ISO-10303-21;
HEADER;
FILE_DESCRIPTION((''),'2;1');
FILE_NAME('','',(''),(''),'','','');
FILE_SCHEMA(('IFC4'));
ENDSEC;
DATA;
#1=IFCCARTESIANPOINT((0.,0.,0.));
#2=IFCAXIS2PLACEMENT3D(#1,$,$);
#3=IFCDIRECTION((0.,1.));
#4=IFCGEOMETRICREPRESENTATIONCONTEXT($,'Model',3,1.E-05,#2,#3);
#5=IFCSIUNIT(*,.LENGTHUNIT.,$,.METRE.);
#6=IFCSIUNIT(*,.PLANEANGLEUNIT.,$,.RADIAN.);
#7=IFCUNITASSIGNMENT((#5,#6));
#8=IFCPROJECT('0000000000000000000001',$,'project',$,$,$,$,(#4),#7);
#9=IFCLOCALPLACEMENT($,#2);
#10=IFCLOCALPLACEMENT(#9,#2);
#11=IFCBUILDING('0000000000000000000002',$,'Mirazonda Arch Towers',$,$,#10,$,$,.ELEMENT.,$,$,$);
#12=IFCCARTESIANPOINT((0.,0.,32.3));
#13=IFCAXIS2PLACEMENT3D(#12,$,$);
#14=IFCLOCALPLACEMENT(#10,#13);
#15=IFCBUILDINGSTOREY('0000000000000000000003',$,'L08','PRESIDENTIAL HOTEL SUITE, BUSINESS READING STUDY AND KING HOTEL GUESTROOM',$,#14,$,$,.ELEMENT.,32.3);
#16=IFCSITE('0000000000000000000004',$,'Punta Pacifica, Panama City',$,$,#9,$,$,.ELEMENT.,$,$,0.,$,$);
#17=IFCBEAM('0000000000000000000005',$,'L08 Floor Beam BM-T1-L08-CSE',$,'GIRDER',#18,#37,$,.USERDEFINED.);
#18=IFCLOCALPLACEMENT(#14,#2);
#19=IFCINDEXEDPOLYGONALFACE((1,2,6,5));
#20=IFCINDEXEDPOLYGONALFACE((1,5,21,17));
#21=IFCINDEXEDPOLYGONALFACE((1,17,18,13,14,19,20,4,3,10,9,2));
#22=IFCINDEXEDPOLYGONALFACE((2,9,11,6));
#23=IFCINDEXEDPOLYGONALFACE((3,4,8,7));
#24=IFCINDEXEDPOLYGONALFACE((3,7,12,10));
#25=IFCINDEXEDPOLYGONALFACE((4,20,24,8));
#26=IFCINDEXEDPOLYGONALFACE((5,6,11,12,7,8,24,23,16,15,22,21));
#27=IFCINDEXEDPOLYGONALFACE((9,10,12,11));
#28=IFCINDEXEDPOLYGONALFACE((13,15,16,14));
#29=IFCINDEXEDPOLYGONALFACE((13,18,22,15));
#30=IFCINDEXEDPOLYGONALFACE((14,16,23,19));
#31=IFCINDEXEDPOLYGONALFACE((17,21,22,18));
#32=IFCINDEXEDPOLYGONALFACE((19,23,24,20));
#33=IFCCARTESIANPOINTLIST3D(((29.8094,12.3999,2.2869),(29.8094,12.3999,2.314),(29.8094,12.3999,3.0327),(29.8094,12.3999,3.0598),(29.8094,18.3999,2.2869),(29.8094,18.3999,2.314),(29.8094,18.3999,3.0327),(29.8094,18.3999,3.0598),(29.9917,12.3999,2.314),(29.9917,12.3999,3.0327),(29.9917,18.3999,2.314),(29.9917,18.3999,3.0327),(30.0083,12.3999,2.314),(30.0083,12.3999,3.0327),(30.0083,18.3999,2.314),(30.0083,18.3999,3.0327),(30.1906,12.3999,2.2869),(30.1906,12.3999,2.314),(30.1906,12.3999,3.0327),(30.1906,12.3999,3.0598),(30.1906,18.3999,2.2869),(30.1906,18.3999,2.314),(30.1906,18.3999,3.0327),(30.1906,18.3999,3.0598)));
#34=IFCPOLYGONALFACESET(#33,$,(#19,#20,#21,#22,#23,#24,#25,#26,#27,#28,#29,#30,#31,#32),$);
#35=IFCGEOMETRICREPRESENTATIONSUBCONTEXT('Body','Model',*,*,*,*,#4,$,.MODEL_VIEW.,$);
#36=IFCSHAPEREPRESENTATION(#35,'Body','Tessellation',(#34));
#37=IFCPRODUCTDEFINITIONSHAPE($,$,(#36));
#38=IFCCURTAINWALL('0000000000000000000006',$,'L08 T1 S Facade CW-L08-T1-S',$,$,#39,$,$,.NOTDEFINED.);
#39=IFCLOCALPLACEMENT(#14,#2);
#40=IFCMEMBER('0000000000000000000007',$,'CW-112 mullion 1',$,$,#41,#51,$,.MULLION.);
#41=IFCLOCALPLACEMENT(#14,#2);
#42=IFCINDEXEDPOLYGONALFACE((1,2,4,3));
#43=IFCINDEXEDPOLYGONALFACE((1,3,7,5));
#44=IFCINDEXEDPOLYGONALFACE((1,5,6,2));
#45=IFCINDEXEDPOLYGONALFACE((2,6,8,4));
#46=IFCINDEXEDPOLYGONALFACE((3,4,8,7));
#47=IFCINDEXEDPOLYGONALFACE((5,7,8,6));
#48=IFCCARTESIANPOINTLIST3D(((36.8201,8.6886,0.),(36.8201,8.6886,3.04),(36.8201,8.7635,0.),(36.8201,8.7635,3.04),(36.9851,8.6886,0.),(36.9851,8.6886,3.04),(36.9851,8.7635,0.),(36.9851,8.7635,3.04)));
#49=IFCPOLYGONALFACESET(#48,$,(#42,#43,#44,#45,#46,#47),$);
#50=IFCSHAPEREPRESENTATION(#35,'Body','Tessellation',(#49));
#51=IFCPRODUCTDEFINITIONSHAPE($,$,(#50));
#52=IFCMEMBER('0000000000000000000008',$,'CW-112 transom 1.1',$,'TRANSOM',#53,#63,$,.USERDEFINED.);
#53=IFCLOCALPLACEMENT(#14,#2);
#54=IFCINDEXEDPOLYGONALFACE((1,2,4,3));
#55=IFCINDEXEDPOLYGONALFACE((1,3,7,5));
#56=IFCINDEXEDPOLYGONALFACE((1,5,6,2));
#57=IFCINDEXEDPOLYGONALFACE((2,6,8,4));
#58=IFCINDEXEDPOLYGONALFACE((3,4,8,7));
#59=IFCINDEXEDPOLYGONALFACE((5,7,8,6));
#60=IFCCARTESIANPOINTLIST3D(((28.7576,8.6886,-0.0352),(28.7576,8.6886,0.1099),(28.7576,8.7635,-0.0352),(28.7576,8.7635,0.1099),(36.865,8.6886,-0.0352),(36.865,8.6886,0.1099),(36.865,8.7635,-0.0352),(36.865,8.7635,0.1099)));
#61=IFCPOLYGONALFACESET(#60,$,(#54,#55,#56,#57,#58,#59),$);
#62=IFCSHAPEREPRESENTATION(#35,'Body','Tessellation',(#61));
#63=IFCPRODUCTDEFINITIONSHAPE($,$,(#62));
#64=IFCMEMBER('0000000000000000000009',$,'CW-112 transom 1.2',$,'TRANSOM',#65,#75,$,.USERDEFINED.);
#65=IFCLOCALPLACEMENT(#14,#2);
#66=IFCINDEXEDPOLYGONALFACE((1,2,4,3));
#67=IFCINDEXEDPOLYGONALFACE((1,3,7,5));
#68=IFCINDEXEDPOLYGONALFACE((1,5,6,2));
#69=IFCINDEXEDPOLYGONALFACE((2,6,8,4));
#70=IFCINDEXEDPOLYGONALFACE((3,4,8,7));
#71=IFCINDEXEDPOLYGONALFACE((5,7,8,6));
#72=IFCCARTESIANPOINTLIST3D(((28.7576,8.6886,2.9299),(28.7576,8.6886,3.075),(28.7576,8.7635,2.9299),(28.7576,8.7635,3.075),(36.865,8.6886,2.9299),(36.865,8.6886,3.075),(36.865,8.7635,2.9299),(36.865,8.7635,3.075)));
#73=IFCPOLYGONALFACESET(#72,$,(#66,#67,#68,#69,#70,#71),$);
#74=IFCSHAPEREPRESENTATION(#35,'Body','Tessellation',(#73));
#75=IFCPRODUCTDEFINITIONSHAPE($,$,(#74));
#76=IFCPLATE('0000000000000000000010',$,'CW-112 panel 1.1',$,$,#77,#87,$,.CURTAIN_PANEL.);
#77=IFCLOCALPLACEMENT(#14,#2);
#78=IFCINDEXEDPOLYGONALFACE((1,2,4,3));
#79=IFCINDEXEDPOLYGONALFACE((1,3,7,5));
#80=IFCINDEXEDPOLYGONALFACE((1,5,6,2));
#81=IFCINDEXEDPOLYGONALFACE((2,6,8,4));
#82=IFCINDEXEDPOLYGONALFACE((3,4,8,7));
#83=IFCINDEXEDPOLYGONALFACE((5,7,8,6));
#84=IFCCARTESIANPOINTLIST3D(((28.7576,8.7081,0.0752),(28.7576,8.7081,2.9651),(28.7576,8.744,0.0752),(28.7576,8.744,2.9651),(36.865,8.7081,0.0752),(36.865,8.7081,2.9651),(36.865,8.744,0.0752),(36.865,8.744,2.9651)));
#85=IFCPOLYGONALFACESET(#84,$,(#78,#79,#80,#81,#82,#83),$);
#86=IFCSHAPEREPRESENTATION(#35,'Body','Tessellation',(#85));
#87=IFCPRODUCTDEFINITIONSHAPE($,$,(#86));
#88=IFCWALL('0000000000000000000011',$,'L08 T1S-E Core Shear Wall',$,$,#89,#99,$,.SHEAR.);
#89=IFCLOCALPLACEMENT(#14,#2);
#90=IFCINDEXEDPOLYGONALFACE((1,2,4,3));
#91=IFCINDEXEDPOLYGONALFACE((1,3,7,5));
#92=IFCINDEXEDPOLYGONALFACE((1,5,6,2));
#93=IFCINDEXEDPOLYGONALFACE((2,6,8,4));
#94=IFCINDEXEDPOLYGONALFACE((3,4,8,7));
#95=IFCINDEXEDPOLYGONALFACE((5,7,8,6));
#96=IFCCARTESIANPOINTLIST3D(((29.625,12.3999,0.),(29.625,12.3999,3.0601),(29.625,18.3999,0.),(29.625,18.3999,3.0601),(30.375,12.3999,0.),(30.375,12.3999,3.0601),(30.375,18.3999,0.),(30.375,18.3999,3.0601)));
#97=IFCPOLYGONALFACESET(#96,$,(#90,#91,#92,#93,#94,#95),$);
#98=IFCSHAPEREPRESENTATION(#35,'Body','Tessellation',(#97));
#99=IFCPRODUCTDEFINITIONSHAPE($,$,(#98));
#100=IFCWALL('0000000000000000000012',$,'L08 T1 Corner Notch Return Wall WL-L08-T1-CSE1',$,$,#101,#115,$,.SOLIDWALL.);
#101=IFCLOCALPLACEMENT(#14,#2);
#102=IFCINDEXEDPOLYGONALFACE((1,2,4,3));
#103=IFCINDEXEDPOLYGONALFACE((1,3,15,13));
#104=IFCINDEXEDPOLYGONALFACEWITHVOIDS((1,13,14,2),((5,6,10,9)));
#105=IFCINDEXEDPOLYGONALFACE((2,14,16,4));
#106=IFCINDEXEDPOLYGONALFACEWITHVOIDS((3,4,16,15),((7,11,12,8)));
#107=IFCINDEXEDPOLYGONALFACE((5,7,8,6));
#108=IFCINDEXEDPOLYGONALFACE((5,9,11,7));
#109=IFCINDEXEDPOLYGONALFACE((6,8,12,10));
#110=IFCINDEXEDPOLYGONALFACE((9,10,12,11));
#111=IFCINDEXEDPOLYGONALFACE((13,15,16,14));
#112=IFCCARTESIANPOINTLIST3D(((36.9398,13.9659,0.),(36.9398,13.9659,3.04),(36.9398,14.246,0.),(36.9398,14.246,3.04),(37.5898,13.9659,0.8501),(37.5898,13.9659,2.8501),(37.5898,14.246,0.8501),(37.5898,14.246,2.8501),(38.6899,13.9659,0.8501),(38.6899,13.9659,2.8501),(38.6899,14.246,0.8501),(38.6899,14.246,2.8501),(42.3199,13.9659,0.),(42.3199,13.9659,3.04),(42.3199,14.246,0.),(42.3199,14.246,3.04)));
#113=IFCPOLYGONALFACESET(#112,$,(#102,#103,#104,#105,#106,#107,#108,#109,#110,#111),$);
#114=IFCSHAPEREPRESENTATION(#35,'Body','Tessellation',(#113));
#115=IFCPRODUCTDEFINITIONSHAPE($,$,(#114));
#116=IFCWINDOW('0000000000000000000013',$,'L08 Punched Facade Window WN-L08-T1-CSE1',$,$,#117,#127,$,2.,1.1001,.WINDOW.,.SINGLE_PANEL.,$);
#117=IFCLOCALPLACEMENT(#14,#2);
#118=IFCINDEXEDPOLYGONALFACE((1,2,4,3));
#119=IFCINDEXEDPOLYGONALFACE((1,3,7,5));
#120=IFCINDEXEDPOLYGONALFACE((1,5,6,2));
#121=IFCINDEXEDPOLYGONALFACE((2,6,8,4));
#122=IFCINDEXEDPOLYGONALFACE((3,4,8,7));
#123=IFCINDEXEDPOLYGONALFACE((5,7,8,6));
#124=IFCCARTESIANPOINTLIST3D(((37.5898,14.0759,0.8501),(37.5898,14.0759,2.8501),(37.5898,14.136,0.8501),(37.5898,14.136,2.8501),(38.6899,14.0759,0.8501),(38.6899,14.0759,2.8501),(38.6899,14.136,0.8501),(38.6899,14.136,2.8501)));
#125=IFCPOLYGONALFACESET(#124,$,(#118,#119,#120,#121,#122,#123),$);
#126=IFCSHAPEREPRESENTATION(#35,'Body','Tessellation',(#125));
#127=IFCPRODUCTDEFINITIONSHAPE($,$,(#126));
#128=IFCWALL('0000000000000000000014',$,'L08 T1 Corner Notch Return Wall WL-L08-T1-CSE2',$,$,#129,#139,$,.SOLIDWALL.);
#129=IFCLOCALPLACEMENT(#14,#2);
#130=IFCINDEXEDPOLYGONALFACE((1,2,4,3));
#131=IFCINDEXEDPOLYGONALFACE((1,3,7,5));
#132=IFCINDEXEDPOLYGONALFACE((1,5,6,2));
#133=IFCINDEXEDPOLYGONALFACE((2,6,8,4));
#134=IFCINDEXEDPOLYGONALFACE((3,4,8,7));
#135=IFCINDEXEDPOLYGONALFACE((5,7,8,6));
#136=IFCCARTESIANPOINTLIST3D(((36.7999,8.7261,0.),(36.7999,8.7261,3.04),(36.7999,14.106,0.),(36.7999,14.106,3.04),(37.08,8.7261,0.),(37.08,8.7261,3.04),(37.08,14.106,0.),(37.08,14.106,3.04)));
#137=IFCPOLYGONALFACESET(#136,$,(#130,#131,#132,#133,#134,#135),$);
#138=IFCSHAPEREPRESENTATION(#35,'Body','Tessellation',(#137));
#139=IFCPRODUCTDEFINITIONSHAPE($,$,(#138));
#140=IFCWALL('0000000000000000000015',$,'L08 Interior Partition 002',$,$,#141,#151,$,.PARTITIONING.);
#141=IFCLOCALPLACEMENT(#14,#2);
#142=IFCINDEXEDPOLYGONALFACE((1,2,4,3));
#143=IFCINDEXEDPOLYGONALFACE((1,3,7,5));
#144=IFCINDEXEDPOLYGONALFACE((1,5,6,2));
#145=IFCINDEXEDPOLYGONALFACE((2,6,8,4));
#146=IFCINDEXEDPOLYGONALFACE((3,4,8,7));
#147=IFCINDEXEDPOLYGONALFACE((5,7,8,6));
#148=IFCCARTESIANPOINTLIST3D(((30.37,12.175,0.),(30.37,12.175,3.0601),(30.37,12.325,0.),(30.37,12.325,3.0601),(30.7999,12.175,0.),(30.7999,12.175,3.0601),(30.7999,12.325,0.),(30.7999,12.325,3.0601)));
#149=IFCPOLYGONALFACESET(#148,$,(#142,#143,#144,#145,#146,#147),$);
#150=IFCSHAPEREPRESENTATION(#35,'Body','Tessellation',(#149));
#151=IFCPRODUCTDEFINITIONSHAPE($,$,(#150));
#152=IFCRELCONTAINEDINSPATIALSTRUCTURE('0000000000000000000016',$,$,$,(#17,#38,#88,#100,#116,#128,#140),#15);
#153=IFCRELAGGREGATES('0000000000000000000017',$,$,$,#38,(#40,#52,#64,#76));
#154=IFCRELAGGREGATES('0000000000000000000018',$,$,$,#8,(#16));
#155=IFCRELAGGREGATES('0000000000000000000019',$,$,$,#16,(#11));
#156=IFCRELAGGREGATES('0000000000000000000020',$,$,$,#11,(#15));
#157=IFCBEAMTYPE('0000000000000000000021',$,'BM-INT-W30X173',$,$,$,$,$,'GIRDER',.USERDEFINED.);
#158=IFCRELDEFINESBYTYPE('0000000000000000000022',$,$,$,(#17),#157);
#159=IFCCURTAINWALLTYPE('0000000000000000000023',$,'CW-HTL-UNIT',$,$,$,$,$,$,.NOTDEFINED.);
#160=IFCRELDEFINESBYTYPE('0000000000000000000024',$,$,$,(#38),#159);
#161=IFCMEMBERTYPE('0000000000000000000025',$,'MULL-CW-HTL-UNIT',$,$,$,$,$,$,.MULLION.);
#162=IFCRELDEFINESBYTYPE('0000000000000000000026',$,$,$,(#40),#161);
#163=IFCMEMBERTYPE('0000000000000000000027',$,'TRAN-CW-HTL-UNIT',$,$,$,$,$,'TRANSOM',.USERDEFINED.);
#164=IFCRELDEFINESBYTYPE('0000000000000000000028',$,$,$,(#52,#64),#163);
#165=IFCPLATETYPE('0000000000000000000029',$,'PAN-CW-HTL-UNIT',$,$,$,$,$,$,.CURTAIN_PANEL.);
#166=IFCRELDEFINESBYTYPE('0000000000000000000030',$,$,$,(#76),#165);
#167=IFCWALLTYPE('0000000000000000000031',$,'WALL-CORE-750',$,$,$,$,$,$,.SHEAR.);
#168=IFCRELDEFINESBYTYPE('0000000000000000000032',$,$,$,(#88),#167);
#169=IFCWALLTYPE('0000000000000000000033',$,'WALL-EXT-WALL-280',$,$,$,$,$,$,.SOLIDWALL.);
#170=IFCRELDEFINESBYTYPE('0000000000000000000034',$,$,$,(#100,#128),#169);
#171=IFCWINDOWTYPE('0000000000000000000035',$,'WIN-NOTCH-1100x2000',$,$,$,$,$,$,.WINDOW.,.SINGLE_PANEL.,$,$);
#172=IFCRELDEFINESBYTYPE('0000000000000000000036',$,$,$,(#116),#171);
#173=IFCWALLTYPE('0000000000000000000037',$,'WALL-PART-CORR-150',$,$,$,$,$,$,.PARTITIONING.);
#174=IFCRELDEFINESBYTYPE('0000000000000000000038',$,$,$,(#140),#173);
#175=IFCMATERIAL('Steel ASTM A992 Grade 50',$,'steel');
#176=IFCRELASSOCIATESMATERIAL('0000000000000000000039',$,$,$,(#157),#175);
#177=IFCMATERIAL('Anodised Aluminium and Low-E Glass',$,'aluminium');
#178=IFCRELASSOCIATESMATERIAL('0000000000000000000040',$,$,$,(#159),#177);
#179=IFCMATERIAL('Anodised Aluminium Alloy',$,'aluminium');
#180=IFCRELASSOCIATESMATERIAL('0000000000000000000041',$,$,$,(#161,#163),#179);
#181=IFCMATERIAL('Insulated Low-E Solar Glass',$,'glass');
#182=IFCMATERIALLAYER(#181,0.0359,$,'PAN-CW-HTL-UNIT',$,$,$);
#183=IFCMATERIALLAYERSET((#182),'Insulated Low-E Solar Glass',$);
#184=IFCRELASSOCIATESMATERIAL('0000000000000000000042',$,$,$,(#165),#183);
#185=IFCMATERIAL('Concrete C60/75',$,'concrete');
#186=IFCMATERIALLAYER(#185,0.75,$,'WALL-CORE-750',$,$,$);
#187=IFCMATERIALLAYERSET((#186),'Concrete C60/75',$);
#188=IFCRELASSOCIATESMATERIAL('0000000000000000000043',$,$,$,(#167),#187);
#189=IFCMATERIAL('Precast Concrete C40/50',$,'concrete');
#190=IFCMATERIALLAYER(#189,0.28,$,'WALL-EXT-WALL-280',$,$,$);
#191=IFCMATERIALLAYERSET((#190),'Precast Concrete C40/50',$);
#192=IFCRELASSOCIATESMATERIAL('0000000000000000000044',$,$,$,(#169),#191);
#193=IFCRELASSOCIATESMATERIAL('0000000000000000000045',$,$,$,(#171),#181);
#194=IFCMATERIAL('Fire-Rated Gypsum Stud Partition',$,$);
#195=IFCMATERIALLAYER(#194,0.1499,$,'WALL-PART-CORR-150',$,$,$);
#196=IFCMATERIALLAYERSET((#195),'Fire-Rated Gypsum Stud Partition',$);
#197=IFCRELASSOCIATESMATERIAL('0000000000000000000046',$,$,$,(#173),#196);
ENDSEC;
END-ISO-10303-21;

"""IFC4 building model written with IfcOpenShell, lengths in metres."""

from ifc_helpers import new_model, si_unit, direction, frame, frame_2d, origin, origin_2d, place, context, subcontext, project, spatial, rectangle, i_section, extrude, material, layer, layer_set, material_profile, profile_set, type_object, element, fill, aggregate, save


model = new_model("IFC4")

# Units and contexts
model_context = context("Model", 3, precision=1e-05, world=origin(), true_north=direction((0.0, 1.0)))
body_context = subcontext(model_context, "Body", "Model", "MODEL_VIEW")
ifc_project = project(units=[si_unit("LENGTHUNIT", "METRE"), si_unit("PLANEANGLEUNIT", "RADIAN")], contexts=[model_context])

# Site, building, storey
site_placement = place(None, origin())
site = spatial("IfcSite", under=ifc_project, at=site_placement, Name="Punta Pacifica, Panama City", CompositionType="ELEMENT", RefElevation=0.0)
building_placement = place(site_placement, origin())
building = spatial("IfcBuilding", under=site, at=building_placement, Name="Mirazonda Arch Towers", CompositionType="ELEMENT")
storey_placement = place(building_placement, frame((0.0, 0.0, 32.3)))
storey = spatial("IfcBuildingStorey", under=building, at=storey_placement, Name="L08", Description="PRESIDENTIAL HOTEL SUITE, BUSINESS READING STUDY AND KING HOTEL GUESTROOM", CompositionType="ELEMENT", Elevation=32.3)

# Beam
ifc_material_1 = material(Name="Steel ASTM A992 Grade 50", Category="steel")
ifc_material_profile_1 = material_profile(ifc_material_1, i_section(OverallWidth=0.3811, OverallDepth=0.7729, WebThickness=0.0166, FlangeThickness=0.0271, at=origin_2d()), Name="W30X173")
ifc_profile_set_1 = profile_set([ifc_material_profile_1], Name="Steel ASTM A992 Grade 50")
beam_type = type_object("IfcBeamType", Name="BM-INT-W30X173", ElementType="GIRDER", PredefinedType="USERDEFINED", material=ifc_profile_set_1)
beam_placement = place(storey_placement, frame((30.0, 12.3999, 2.6733), z_axis=(0.0, 1.0, 0.0), x_axis=(-1.0, 0.0, 0.0)))
element("IfcBeam", 1, at=beam_placement, inside=storey, type_object=beam_type, Name="L08 Floor Beam BM-T1-L08-CSE", ObjectType="GIRDER", PredefinedType="USERDEFINED", context=body_context, shape_type="SweptSolid", body=[
    extrude(i_section(OverallWidth=0.3811, OverallDepth=0.7729, WebThickness=0.0166, FlangeThickness=0.0271, at=origin_2d()), origin(), (0.0, 0.0, 1.0), 6.0),
])

# Curtain wall, members, plate
ifc_material_2 = material(Name="Anodised Aluminium and Low-E Glass", Category="aluminium")
curtain_wall_type = type_object("IfcCurtainWallType", Name="CW-HTL-UNIT", PredefinedType="NOTDEFINED", material=ifc_material_2)
curtain_wall_placement = place(storey_placement, origin())
curtain_wall = element("IfcCurtainWall", 2, at=curtain_wall_placement, inside=storey, type_object=curtain_wall_type, Name="L08 T1 S Facade CW-L08-T1-S", PredefinedType="NOTDEFINED")
ifc_material_3 = material(Name="Anodised Aluminium Alloy", Category="aluminium")
ifc_material_profile_2 = material_profile(ifc_material_3, rectangle(XDim=0.075, YDim=0.165, at=origin_2d()), Name="ALU-MULL-75x165")
ifc_profile_set_2 = profile_set([ifc_material_profile_2], Name="Anodised Aluminium Alloy")
member_type_1 = type_object("IfcMemberType", Name="MULL-CW-HTL-UNIT", PredefinedType="MULLION", material=ifc_profile_set_2)
member_1_placement = place(storey_placement, frame((36.9026, 8.7261, 0.0), z_axis=(0.0, 0.0, 1.0), x_axis=(0.0, -1.0, 0.0)))
member_1 = element("IfcMember", 3, at=member_1_placement, type_object=member_type_1, Name="CW-112 mullion 1", PredefinedType="MULLION", context=body_context, shape_type="SweptSolid", body=[
    extrude(rectangle(XDim=0.075, YDim=0.165, at=origin_2d()), origin(), (0.0, 0.0, 1.0), 3.04),
])
ifc_material_profile_3 = material_profile(ifc_material_3, rectangle(XDim=0.075, YDim=0.145, at=origin_2d()), Name="ALU-TRAN-75x145")
ifc_profile_set_3 = profile_set([ifc_material_profile_3], Name="Anodised Aluminium Alloy")
member_type_2 = type_object("IfcMemberType", Name="TRAN-CW-HTL-UNIT", ElementType="TRANSOM", PredefinedType="USERDEFINED", material=ifc_profile_set_3)
member_2_placement = place(storey_placement, frame((36.865, 8.7261, 0.0374), z_axis=(-1.0, 0.0, 0.0), x_axis=(0.0, -1.0, 0.0)))
member_2 = element("IfcMember", 4, at=member_2_placement, type_object=member_type_2, Name="CW-112 transom 1.1", ObjectType="TRANSOM", PredefinedType="USERDEFINED", context=body_context, shape_type="SweptSolid", body=[
    extrude(rectangle(XDim=0.075, YDim=0.145, at=origin_2d()), origin(), (0.0, 0.0, 1.0), 8.1074),
])
member_3_placement = place(storey_placement, frame((36.865, 8.7261, 3.0024), z_axis=(-1.0, 0.0, 0.0), x_axis=(0.0, -1.0, 0.0)))
member_3 = element("IfcMember", 5, at=member_3_placement, type_object=member_type_2, Name="CW-112 transom 1.2", ObjectType="TRANSOM", PredefinedType="USERDEFINED", context=body_context, shape_type="SweptSolid", body=[
    extrude(rectangle(XDim=0.075, YDim=0.145, at=origin_2d()), origin(), (0.0, 0.0, 1.0), 8.1074),
])
ifc_material_4 = material(Name="Insulated Low-E Solar Glass", Category="glass")
ifc_layer_1 = layer(ifc_material_4, 0.0359, Name="PAN-CW-HTL-UNIT")
ifc_layer_set_1 = layer_set([ifc_layer_1], Name="Insulated Low-E Solar Glass")
plate_type = type_object("IfcPlateType", Name="PAN-CW-HTL-UNIT", PredefinedType="CURTAIN_PANEL", material=ifc_layer_set_1)
plate_placement = place(storey_placement, frame((32.8113, 8.7261, 0.0752), z_axis=(0.0, 0.0, 1.0), x_axis=(-1.0, 0.0, 0.0)))
plate = element("IfcPlate", 6, at=plate_placement, type_object=plate_type, Name="CW-112 panel 1.1", PredefinedType="CURTAIN_PANEL", context=body_context, shape_type="SweptSolid", body=[
    extrude(rectangle(XDim=8.1074, YDim=0.0359, at=origin_2d()), origin(), (0.0, 0.0, 1.0), 2.8899),
])
aggregate(curtain_wall, [member_1, member_2, member_3, plate])

# Wall
ifc_material_5 = material(Name="Concrete C60/75", Category="concrete")
ifc_layer_2 = layer(ifc_material_5, 0.75, Name="WALL-CORE-750")
ifc_layer_set_2 = layer_set([ifc_layer_2], Name="Concrete C60/75")
wall_type_1 = type_object("IfcWallType", Name="WALL-CORE-750", PredefinedType="SHEAR", material=ifc_layer_set_2)
wall_1_placement = place(storey_placement, frame((30.0, 12.3999, 0.0), z_axis=(0.0, 0.0, 1.0), x_axis=(0.0, 1.0, 0.0)))
element("IfcWall", 7, at=wall_1_placement, inside=storey, type_object=wall_type_1, Name="L08 T1S-E Core Shear Wall", PredefinedType="SHEAR", context=body_context, shape_type="SweptSolid", body=[
    extrude(rectangle(XDim=6.0, YDim=0.75, at=frame_2d((3.0, 0.0))), origin(), (0.0, 0.0, 1.0), 3.0601),
])

# Wall, opening, window
ifc_material_6 = material(Name="Precast Concrete C40/50", Category="concrete")
ifc_layer_3 = layer(ifc_material_6, 0.28, Name="WALL-EXT-WALL-280")
ifc_layer_set_3 = layer_set([ifc_layer_3], Name="Precast Concrete C40/50")
wall_type_2 = type_object("IfcWallType", Name="WALL-EXT-WALL-280", PredefinedType="SOLIDWALL", material=ifc_layer_set_3)
wall_2_placement = place(storey_placement, frame((36.9399, 14.106, 0.0), z_axis=(0.0, 0.0, 1.0), x_axis=(1.0, 0.0, 0.0)))
wall_2 = element("IfcWall", 8, at=wall_2_placement, inside=storey, type_object=wall_type_2, Name="L08 T1 Corner Notch Return Wall WL-L08-T1-CSE1", PredefinedType="SOLIDWALL", context=body_context, shape_type="SweptSolid", body=[
    extrude(rectangle(XDim=5.3801, YDim=0.28, at=frame_2d((2.6899, 0.0))), origin(), (0.0, 0.0, 1.0), 3.04),
])
opening_1_placement = place(wall_2_placement, frame((0.6499, 0.0, 0.8501)))
opening_1 = element("IfcOpeningElement", 9, at=opening_1_placement, cuts=wall_2, PredefinedType="OPENING", context=body_context, shape_type="SweptSolid", body=[
    extrude(rectangle(XDim=1.1001, YDim=2.0, at=frame_2d((0.55, 1.0))), frame((0.0, 0.1499, 0.0), z_axis=(0.0, -1.0, 0.0), x_axis=(1.0, 0.0, 0.0)), (0.0, 0.0, 1.0), 0.3),
])
window_type = type_object("IfcWindowType", Name="WIN-NOTCH-1100x2000", PartitioningType="SINGLE_PANEL", PredefinedType="WINDOW", material=ifc_material_4)
window_placement = place(opening_1_placement, origin())
window = element("IfcWindow", 10, at=window_placement, inside=storey, type_object=window_type, Name="L08 Punched Facade Window WN-L08-T1-CSE1", OverallHeight=2.0, OverallWidth=1.1001, PartitioningType="SINGLE_PANEL", PredefinedType="WINDOW", context=body_context, shape_type="SweptSolid", body=[
    extrude(rectangle(XDim=1.1001, YDim=2.0, at=frame_2d((0.55, 1.0))), frame((0.0, 0.03, 0.0), z_axis=(0.0, -1.0, 0.0), x_axis=(1.0, 0.0, 0.0)), (0.0, 0.0, 1.0), 0.0601),
])
fill(opening_1, window)

# Walls
wall_3_placement = place(storey_placement, frame((36.9399, 8.7261, 0.0), z_axis=(0.0, 0.0, 1.0), x_axis=(0.0, 1.0, 0.0)))
element("IfcWall", 11, at=wall_3_placement, inside=storey, type_object=wall_type_2, Name="L08 T1 Corner Notch Return Wall WL-L08-T1-CSE2", PredefinedType="SOLIDWALL", context=body_context, shape_type="SweptSolid", body=[
    extrude(rectangle(XDim=5.3799, YDim=0.28, at=frame_2d((2.6899, 0.0))), origin(), (0.0, 0.0, 1.0), 3.04),
])
ifc_material_7 = material(Name="Fire-Rated Gypsum Stud Partition")
ifc_layer_4 = layer(ifc_material_7, 0.1499, Name="WALL-PART-CORR-150")
ifc_layer_set_4 = layer_set([ifc_layer_4], Name="Fire-Rated Gypsum Stud Partition")
wall_type_3 = type_object("IfcWallType", Name="WALL-PART-CORR-150", PredefinedType="PARTITIONING", material=ifc_layer_set_4)
wall_4_placement = place(storey_placement, frame((30.3701, 12.25, 0.0), z_axis=(0.0, 0.0, 1.0), x_axis=(1.0, 0.0, 0.0)))
element("IfcWall", 12, at=wall_4_placement, inside=storey, type_object=wall_type_3, Name="L08 Interior Partition 002", PredefinedType="PARTITIONING", context=body_context, shape_type="SweptSolid", body=[
    extrude(rectangle(XDim=0.4299, YDim=0.1499, at=frame_2d((0.2148, 0.0))), origin(), (0.0, 0.0, 1.0), 3.0601),
])

save(model, "model.ifc")
